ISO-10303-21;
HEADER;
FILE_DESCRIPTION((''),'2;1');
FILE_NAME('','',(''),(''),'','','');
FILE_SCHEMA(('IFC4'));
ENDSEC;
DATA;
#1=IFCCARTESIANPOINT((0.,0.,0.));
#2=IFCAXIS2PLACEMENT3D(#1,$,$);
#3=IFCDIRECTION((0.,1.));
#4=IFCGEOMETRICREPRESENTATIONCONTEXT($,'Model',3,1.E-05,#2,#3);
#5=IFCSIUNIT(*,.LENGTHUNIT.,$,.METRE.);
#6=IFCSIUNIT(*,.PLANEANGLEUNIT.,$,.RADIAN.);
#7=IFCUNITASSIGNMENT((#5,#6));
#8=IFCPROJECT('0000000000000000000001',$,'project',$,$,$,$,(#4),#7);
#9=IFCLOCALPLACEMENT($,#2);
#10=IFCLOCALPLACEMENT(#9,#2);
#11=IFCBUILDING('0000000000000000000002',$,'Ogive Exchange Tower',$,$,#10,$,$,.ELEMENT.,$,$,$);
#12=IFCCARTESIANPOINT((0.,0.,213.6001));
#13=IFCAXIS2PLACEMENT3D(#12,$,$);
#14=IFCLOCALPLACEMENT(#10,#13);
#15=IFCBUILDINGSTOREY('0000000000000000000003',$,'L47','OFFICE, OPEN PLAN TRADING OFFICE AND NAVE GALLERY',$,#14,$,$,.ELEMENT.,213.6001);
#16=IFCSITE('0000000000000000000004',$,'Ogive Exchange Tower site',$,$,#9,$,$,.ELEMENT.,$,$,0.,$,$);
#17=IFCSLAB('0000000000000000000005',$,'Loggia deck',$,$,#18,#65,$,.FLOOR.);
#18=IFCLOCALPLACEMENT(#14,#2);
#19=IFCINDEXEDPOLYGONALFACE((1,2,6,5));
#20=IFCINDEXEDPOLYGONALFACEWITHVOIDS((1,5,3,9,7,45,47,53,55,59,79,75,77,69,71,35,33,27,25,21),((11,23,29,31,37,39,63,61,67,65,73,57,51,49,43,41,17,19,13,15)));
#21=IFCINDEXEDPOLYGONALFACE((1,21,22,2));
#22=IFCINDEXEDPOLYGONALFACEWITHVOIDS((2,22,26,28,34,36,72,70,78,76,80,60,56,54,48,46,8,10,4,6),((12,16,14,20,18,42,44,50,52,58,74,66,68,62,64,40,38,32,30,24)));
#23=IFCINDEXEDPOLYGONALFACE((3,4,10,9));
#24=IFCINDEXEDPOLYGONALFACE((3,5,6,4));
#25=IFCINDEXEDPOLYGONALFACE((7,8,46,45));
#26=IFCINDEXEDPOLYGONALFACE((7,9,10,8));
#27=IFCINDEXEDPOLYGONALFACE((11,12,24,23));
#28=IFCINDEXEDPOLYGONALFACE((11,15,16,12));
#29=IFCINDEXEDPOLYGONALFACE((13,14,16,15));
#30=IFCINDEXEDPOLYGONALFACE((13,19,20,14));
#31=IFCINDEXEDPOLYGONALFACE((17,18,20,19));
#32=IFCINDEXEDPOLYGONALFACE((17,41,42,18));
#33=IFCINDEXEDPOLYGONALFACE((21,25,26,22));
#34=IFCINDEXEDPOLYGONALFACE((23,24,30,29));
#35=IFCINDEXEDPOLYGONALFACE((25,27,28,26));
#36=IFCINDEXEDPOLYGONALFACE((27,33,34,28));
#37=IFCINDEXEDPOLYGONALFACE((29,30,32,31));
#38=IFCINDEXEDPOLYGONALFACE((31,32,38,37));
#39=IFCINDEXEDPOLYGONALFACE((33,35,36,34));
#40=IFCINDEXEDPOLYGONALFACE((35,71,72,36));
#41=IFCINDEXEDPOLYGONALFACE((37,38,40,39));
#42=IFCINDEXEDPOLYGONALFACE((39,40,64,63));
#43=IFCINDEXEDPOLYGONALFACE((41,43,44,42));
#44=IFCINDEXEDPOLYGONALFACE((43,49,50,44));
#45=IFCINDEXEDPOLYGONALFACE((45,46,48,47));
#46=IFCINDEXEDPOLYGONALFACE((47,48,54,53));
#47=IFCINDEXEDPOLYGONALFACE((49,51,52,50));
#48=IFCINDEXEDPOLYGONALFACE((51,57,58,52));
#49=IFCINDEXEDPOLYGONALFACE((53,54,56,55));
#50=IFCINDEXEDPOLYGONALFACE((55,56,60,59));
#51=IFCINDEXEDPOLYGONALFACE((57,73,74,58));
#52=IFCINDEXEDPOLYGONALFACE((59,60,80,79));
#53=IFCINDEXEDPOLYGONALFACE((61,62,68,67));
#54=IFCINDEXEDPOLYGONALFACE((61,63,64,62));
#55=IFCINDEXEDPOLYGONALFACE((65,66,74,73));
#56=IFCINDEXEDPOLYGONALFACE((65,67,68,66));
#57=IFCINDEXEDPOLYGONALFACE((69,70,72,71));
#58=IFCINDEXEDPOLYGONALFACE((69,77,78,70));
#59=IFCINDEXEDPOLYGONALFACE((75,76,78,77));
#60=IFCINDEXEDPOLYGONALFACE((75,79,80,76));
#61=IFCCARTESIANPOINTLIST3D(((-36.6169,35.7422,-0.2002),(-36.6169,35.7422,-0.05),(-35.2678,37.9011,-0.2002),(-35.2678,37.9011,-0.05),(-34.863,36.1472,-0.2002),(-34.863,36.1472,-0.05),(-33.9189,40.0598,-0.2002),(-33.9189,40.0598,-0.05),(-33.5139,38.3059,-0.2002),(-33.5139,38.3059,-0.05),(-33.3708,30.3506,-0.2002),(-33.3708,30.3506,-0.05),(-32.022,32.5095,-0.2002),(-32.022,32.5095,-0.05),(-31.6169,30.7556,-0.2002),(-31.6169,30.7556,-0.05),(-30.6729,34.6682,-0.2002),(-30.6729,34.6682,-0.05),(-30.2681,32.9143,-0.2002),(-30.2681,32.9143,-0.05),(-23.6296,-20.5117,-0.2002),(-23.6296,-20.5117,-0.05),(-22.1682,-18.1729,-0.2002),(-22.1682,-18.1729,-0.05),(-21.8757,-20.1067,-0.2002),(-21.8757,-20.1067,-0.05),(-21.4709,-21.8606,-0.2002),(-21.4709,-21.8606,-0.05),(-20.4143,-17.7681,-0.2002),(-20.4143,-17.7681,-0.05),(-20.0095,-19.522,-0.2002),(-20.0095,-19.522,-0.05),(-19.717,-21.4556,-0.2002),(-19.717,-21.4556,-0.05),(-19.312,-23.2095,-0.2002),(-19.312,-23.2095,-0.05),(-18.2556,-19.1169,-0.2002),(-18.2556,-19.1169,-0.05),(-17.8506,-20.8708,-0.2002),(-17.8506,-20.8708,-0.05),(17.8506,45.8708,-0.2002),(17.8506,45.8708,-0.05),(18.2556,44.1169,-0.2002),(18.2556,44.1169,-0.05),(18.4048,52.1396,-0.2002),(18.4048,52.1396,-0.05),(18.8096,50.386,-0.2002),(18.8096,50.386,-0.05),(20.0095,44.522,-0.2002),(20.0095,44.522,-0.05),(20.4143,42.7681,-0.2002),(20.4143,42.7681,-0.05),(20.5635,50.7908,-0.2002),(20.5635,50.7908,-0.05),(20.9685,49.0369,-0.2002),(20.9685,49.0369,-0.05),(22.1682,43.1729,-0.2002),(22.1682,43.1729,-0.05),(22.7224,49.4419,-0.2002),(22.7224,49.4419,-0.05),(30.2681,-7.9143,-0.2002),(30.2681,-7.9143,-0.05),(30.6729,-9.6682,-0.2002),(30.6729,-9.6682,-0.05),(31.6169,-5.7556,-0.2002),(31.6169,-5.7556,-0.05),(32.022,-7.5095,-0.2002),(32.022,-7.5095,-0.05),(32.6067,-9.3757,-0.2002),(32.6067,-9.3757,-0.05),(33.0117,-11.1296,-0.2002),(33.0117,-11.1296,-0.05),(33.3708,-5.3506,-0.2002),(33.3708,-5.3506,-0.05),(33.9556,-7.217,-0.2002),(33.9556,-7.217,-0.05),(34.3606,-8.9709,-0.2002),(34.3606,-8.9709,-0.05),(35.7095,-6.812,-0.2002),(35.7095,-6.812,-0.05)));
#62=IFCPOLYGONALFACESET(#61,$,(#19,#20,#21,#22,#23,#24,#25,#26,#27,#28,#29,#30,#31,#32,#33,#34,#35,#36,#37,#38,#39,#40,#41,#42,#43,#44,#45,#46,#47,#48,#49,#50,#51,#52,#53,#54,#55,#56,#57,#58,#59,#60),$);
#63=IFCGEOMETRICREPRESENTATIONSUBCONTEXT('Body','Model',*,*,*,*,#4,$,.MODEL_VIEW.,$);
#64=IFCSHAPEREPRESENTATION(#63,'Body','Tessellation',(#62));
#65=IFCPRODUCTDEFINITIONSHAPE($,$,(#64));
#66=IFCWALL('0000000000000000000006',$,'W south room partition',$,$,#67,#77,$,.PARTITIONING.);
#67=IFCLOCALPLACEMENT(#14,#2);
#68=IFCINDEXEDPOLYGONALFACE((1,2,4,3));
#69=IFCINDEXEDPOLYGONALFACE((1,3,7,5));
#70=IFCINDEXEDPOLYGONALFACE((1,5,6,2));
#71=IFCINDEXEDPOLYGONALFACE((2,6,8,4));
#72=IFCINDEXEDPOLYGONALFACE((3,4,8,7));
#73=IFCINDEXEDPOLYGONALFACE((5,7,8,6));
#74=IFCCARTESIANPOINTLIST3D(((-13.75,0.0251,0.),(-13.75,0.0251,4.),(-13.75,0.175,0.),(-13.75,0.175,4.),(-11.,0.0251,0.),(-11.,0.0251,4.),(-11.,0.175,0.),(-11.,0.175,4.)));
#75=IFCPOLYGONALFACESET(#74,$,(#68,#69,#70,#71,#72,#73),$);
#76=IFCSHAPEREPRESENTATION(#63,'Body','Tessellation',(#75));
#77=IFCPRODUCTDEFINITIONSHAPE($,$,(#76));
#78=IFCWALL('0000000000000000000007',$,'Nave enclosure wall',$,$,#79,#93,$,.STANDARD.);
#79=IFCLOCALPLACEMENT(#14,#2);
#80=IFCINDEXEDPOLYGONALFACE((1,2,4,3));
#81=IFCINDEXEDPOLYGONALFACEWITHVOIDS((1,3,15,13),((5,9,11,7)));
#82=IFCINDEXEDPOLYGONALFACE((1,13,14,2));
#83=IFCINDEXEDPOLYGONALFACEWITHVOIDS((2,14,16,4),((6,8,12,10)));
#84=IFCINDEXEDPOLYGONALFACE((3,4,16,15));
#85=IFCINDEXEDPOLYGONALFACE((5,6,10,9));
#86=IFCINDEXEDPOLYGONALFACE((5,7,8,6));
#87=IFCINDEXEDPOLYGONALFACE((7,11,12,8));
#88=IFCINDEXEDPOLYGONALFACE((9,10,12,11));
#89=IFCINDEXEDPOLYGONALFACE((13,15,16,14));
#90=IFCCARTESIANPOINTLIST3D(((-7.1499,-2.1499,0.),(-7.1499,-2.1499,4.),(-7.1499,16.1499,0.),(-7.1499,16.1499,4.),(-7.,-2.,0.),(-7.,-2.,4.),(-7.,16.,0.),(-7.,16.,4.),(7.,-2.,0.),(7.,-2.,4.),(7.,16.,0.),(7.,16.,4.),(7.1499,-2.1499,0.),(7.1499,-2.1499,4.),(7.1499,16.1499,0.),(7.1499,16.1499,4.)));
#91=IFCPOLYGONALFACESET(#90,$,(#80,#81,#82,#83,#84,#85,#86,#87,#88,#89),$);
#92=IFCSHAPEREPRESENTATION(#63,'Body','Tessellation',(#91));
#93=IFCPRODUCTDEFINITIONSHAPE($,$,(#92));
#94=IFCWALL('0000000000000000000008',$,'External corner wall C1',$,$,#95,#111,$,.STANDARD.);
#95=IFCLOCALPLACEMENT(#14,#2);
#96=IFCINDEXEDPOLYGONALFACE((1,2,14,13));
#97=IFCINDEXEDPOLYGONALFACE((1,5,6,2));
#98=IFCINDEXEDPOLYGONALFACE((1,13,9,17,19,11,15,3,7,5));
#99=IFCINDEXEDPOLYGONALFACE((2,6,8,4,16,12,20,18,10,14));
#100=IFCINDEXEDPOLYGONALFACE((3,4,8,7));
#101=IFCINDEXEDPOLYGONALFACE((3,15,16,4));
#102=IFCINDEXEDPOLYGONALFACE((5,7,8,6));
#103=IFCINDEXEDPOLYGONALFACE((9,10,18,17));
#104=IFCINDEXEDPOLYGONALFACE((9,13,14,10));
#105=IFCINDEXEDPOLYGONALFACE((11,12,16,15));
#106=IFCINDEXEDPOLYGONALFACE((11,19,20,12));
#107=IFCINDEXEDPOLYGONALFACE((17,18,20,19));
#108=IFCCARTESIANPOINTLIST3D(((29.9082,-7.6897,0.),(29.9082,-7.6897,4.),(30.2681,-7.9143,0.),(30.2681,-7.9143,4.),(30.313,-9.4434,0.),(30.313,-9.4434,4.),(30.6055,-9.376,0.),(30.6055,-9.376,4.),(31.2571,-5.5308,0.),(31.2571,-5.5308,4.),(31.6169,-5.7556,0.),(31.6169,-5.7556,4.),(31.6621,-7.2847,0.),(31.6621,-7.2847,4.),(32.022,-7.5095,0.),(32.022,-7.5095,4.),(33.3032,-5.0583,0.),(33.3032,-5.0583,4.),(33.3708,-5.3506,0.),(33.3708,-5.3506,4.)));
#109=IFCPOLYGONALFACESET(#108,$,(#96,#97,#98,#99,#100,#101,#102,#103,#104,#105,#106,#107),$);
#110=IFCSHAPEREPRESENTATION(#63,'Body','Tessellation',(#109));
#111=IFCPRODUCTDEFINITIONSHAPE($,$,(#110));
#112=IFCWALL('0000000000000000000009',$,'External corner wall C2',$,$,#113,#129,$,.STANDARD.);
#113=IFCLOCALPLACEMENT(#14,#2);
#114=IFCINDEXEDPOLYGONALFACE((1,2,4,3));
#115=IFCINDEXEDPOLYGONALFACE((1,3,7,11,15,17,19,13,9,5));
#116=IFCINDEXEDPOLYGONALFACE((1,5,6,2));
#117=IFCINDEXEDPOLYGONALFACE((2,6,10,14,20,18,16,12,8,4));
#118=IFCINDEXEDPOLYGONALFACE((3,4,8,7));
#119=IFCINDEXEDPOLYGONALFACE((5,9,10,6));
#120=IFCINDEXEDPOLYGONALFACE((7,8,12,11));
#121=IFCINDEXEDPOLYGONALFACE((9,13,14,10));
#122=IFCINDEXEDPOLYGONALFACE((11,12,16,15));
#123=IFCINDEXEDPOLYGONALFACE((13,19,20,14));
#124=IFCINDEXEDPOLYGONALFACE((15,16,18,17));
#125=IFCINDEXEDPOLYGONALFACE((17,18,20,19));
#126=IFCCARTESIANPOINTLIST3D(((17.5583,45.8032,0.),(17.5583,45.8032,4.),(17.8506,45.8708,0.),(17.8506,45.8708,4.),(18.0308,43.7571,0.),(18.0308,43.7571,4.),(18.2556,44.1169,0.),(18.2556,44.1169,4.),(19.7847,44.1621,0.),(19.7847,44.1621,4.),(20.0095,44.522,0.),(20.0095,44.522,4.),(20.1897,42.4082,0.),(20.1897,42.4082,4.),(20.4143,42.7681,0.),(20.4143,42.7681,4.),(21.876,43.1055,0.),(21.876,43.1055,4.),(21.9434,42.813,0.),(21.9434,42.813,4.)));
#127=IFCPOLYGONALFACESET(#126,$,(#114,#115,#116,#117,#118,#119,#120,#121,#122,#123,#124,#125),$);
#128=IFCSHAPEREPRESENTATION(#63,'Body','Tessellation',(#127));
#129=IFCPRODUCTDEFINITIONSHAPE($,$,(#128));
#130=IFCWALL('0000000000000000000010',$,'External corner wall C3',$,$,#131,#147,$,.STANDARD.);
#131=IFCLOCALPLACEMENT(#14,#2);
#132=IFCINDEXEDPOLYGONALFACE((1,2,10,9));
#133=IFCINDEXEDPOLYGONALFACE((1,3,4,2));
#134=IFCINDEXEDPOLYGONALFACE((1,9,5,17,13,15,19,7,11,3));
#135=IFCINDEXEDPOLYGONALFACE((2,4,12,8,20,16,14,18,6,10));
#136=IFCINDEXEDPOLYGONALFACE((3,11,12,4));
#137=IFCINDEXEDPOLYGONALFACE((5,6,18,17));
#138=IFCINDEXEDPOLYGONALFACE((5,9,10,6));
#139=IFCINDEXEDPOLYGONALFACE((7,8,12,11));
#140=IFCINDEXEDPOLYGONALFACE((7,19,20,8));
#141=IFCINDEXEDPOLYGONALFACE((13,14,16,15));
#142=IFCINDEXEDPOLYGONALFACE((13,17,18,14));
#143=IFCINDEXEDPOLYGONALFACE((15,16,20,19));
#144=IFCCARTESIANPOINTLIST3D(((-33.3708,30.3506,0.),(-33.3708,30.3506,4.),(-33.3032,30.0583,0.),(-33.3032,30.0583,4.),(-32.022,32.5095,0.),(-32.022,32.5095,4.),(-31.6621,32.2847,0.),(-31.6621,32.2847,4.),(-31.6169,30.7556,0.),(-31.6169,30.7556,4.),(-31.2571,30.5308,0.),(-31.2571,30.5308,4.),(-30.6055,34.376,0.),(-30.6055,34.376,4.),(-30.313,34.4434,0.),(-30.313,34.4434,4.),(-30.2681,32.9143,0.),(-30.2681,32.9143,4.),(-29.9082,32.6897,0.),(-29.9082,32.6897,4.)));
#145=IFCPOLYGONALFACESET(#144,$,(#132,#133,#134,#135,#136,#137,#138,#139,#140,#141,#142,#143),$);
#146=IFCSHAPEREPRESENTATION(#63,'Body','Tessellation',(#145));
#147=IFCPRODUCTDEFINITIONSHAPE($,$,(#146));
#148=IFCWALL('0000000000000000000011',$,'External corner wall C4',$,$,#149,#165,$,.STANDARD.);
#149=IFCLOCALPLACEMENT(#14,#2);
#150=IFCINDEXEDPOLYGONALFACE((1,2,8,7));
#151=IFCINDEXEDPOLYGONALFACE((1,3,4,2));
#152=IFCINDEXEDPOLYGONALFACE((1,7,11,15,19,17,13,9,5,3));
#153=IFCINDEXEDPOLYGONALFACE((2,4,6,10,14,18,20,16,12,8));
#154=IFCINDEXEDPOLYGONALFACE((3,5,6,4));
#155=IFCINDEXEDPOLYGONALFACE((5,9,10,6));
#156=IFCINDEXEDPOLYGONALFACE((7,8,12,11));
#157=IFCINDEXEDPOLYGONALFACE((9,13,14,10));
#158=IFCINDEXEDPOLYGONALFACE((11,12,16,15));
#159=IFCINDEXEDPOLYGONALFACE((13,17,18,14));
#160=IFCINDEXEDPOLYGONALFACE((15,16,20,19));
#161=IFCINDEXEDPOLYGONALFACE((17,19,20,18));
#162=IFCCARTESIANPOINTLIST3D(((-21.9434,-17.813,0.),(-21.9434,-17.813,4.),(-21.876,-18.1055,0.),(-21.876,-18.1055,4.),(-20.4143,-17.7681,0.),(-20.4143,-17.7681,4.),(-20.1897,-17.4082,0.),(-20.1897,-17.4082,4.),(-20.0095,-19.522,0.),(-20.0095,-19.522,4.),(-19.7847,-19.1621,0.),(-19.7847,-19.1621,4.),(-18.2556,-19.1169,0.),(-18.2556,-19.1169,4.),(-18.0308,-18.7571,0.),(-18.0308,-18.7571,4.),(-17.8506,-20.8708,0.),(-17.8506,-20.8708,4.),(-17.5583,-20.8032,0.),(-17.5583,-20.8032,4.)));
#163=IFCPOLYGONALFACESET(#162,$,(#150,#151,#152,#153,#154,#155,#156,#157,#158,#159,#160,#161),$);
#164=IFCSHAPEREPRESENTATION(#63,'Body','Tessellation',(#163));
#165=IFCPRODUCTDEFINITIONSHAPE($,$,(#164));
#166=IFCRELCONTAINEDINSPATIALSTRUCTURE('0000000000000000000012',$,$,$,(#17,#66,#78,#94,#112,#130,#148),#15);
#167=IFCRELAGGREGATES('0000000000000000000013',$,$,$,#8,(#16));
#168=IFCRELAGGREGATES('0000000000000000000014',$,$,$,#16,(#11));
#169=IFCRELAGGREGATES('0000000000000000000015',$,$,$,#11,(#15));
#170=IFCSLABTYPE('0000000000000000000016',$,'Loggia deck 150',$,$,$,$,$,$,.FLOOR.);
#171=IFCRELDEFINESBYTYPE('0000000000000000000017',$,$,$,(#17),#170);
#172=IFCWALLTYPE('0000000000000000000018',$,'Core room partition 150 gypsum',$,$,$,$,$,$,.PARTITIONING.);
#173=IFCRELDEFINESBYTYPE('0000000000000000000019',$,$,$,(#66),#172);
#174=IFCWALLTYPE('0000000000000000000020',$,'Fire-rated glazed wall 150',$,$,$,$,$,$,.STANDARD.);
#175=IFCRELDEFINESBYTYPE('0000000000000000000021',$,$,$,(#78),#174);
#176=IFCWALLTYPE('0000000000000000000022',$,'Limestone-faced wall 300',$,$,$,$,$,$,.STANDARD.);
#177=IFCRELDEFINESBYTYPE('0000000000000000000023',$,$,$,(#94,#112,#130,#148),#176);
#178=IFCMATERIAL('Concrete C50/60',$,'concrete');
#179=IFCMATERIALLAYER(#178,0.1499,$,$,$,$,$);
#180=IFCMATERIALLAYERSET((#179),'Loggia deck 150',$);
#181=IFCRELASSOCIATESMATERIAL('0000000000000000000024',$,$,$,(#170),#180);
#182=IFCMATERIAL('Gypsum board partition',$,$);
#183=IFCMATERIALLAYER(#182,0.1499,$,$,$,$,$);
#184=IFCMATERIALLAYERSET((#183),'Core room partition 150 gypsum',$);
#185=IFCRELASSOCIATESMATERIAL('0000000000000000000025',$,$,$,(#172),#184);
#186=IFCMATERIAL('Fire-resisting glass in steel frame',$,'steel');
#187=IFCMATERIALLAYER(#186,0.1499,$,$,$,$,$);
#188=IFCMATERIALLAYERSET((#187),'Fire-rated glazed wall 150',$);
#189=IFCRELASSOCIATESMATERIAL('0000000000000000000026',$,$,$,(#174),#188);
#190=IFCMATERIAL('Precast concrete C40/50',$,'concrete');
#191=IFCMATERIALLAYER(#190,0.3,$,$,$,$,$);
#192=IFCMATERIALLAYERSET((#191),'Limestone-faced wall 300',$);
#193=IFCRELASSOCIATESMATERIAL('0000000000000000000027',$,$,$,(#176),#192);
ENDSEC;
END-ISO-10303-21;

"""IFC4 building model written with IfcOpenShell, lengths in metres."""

from ifc_helpers import new_model, si_unit, direction, frame, frame_2d, origin, place, context, subcontext, project, spatial, polyline, rectangle, outline, extrude, material, layer, layer_set, type_object, element, save


model = new_model("IFC4")

# Units and contexts
model_context = context("Model", 3, precision=1e-05, world=origin(), true_north=direction((0.0, 1.0)))
body_context = subcontext(model_context, "Body", "Model", "MODEL_VIEW")
ifc_project = project(units=[si_unit("LENGTHUNIT", "METRE"), si_unit("PLANEANGLEUNIT", "RADIAN")], contexts=[model_context])

# Site, building, storey
site_placement = place(None, origin())
site = spatial("IfcSite", under=ifc_project, at=site_placement, Name="Ogive Exchange Tower site", CompositionType="ELEMENT", RefElevation=0.0)
building_placement = place(site_placement, origin())
building = spatial("IfcBuilding", under=site, at=building_placement, Name="Ogive Exchange Tower", CompositionType="ELEMENT")
storey_placement = place(building_placement, frame((0.0, 0.0, 213.6001)))
storey = spatial("IfcBuildingStorey", under=building, at=storey_placement, Name="L47", Description="OFFICE, OPEN PLAN TRADING OFFICE AND NAVE GALLERY", CompositionType="ELEMENT", Elevation=213.6001)

# Slab
ifc_material_1 = material(Name="Concrete C50/60", Category="concrete")
ifc_layer_1 = layer(ifc_material_1, 0.1499)
ifc_layer_set_1 = layer_set([ifc_layer_1], Name="Loggia deck 150")
slab_type_1 = type_object("IfcSlabType", Name="Loggia deck 150", PredefinedType="FLOOR", material=ifc_layer_set_1)
slab_1_placement = place(storey_placement, frame((0.0, 0.0, -0.2002)))
element("IfcSlab", 1, at=slab_1_placement, inside=storey, type_object=slab_type_1, Name="Loggia deck", PredefinedType="FLOOR", context=body_context, shape_type="SweptSolid", body=[
    extrude(outline(polyline([(-19.717, -21.4556), (-21.4709, -21.8606), (-21.8757, -20.1067), (-23.6296, -20.5117), (-36.6169, 35.7422), (-34.863, 36.1472), (-35.2678, 37.9011), (-33.5139, 38.3059), (-33.9189, 40.0598), (18.4048, 52.1396), (18.8096, 50.386), (20.5635, 50.7908), (20.9685, 49.0369), (22.7224, 49.4419), (35.7095, -6.812), (33.9556, -7.217), (34.3606, -8.9709), (32.6067, -9.3757), (33.0117, -11.1296), (-19.312, -23.2095), (-19.717, -21.4556)]), holes=[polyline([(30.2681, -7.9143), (32.022, -7.5095), (31.6169, -5.7556), (33.3708, -5.3506), (22.1682, 43.1729), (20.4143, 42.7681), (20.0095, 44.522), (18.2556, 44.1169), (17.8506, 45.8708), (-30.6729, 34.6682), (-30.2681, 32.9143), (-32.022, 32.5095), (-31.6169, 30.7556), (-33.3708, 30.3506), (-22.1682, -18.1729), (-20.4143, -17.7681), (-20.0095, -19.522), (-18.2556, -19.1169), (-17.8506, -20.8708), (30.6729, -9.6682), (30.2681, -7.9143)])]), origin(), (0.0, 0.0, 1.0), 0.1501),
])

# Walls
ifc_material_2 = material(Name="Gypsum board partition")
ifc_layer_2 = layer(ifc_material_2, 0.1499)
ifc_layer_set_2 = layer_set([ifc_layer_2], Name="Core room partition 150 gypsum")
wall_type_1 = type_object("IfcWallType", Name="Core room partition 150 gypsum", PredefinedType="PARTITIONING", material=ifc_layer_set_2)
wall_1_placement = place(storey_placement, frame((-13.75, 0.1001, 0.0), z_axis=(0.0, 0.0, 1.0), x_axis=(1.0, 0.0, 0.0)))
element("IfcWall", 2, at=wall_1_placement, inside=storey, type_object=wall_type_1, Name="W south room partition", PredefinedType="PARTITIONING", context=body_context, shape_type="SweptSolid", body=[
    extrude(rectangle(XDim=2.75, YDim=0.1499, at=frame_2d((1.375, 0.0))), origin(), (0.0, 0.0, 1.0), 4.0),
])
ifc_material_3 = material(Name="Fire-resisting glass in steel frame", Category="steel")
ifc_layer_3 = layer(ifc_material_3, 0.1499)
ifc_layer_set_3 = layer_set([ifc_layer_3], Name="Fire-rated glazed wall 150")
wall_type_2 = type_object("IfcWallType", Name="Fire-rated glazed wall 150", PredefinedType="STANDARD", material=ifc_layer_set_3)
wall_2_placement = place(storey_placement, origin())
element("IfcWall", 3, at=wall_2_placement, inside=storey, type_object=wall_type_2, Name="Nave enclosure wall", PredefinedType="STANDARD", context=body_context, shape_type="SweptSolid", body=[
    extrude(outline(polyline([(-7.1499, -2.1499), (7.1499, -2.1499), (7.1499, 16.1499), (-7.1499, 16.1499), (-7.1499, -2.1499)]), holes=[polyline([(-7.0, -2.0), (-7.0, 16.0), (7.0, 16.0), (7.0, -2.0), (-7.0, -2.0)])]), origin(), (0.0, 0.0, 1.0), 4.0),
])
ifc_material_4 = material(Name="Precast concrete C40/50", Category="concrete")
ifc_layer_4 = layer(ifc_material_4, 0.3)
ifc_layer_set_4 = layer_set([ifc_layer_4], Name="Limestone-faced wall 300")
wall_type_3 = type_object("IfcWallType", Name="Limestone-faced wall 300", PredefinedType="STANDARD", material=ifc_layer_set_4)
wall_3_placement = place(storey_placement, origin())
element("IfcWall", 4, at=wall_3_placement, inside=storey, type_object=wall_type_3, Name="External corner wall C1", PredefinedType="STANDARD", context=body_context, shape_type="SweptSolid", body=[
    extrude(outline(polyline([(31.6621, -7.2847), (31.2571, -5.5308), (33.3032, -5.0583), (33.3708, -5.3506), (31.6169, -5.7556), (32.022, -7.5095), (30.2681, -7.9143), (30.6055, -9.376), (30.313, -9.4434), (29.9082, -7.6897), (31.6621, -7.2847)])), origin(), (0.0, 0.0, 1.0), 4.0),
])
wall_4_placement = place(storey_placement, origin())
element("IfcWall", 5, at=wall_4_placement, inside=storey, type_object=wall_type_3, Name="External corner wall C2", PredefinedType="STANDARD", context=body_context, shape_type="SweptSolid", body=[
    extrude(outline(polyline([(19.7847, 44.1621), (18.0308, 43.7571), (17.5583, 45.8032), (17.8506, 45.8708), (18.2556, 44.1169), (20.0095, 44.522), (20.4143, 42.7681), (21.876, 43.1055), (21.9434, 42.813), (20.1897, 42.4082), (19.7847, 44.1621)])), origin(), (0.0, 0.0, 1.0), 4.0),
])
wall_5_placement = place(storey_placement, origin())
element("IfcWall", 6, at=wall_5_placement, inside=storey, type_object=wall_type_3, Name="External corner wall C3", PredefinedType="STANDARD", context=body_context, shape_type="SweptSolid", body=[
    extrude(outline(polyline([(-31.6169, 30.7556), (-32.022, 32.5095), (-30.2681, 32.9143), (-30.6055, 34.376), (-30.313, 34.4434), (-29.9082, 32.6897), (-31.6621, 32.2847), (-31.2571, 30.5308), (-33.3032, 30.0583), (-33.3708, 30.3506), (-31.6169, 30.7556)])), origin(), (0.0, 0.0, 1.0), 4.0),
])
wall_6_placement = place(storey_placement, origin())
element("IfcWall", 7, at=wall_6_placement, inside=storey, type_object=wall_type_3, Name="External corner wall C4", PredefinedType="STANDARD", context=body_context, shape_type="SweptSolid", body=[
    extrude(outline(polyline([(-18.2556, -19.1169), (-20.0095, -19.522), (-20.4143, -17.7681), (-21.876, -18.1055), (-21.9434, -17.813), (-20.1897, -17.4082), (-19.7847, -19.1621), (-18.0308, -18.7571), (-17.5583, -20.8032), (-17.8506, -20.8708), (-18.2556, -19.1169)])), origin(), (0.0, 0.0, 1.0), 4.0),
])

save(model, "model.ifc")
